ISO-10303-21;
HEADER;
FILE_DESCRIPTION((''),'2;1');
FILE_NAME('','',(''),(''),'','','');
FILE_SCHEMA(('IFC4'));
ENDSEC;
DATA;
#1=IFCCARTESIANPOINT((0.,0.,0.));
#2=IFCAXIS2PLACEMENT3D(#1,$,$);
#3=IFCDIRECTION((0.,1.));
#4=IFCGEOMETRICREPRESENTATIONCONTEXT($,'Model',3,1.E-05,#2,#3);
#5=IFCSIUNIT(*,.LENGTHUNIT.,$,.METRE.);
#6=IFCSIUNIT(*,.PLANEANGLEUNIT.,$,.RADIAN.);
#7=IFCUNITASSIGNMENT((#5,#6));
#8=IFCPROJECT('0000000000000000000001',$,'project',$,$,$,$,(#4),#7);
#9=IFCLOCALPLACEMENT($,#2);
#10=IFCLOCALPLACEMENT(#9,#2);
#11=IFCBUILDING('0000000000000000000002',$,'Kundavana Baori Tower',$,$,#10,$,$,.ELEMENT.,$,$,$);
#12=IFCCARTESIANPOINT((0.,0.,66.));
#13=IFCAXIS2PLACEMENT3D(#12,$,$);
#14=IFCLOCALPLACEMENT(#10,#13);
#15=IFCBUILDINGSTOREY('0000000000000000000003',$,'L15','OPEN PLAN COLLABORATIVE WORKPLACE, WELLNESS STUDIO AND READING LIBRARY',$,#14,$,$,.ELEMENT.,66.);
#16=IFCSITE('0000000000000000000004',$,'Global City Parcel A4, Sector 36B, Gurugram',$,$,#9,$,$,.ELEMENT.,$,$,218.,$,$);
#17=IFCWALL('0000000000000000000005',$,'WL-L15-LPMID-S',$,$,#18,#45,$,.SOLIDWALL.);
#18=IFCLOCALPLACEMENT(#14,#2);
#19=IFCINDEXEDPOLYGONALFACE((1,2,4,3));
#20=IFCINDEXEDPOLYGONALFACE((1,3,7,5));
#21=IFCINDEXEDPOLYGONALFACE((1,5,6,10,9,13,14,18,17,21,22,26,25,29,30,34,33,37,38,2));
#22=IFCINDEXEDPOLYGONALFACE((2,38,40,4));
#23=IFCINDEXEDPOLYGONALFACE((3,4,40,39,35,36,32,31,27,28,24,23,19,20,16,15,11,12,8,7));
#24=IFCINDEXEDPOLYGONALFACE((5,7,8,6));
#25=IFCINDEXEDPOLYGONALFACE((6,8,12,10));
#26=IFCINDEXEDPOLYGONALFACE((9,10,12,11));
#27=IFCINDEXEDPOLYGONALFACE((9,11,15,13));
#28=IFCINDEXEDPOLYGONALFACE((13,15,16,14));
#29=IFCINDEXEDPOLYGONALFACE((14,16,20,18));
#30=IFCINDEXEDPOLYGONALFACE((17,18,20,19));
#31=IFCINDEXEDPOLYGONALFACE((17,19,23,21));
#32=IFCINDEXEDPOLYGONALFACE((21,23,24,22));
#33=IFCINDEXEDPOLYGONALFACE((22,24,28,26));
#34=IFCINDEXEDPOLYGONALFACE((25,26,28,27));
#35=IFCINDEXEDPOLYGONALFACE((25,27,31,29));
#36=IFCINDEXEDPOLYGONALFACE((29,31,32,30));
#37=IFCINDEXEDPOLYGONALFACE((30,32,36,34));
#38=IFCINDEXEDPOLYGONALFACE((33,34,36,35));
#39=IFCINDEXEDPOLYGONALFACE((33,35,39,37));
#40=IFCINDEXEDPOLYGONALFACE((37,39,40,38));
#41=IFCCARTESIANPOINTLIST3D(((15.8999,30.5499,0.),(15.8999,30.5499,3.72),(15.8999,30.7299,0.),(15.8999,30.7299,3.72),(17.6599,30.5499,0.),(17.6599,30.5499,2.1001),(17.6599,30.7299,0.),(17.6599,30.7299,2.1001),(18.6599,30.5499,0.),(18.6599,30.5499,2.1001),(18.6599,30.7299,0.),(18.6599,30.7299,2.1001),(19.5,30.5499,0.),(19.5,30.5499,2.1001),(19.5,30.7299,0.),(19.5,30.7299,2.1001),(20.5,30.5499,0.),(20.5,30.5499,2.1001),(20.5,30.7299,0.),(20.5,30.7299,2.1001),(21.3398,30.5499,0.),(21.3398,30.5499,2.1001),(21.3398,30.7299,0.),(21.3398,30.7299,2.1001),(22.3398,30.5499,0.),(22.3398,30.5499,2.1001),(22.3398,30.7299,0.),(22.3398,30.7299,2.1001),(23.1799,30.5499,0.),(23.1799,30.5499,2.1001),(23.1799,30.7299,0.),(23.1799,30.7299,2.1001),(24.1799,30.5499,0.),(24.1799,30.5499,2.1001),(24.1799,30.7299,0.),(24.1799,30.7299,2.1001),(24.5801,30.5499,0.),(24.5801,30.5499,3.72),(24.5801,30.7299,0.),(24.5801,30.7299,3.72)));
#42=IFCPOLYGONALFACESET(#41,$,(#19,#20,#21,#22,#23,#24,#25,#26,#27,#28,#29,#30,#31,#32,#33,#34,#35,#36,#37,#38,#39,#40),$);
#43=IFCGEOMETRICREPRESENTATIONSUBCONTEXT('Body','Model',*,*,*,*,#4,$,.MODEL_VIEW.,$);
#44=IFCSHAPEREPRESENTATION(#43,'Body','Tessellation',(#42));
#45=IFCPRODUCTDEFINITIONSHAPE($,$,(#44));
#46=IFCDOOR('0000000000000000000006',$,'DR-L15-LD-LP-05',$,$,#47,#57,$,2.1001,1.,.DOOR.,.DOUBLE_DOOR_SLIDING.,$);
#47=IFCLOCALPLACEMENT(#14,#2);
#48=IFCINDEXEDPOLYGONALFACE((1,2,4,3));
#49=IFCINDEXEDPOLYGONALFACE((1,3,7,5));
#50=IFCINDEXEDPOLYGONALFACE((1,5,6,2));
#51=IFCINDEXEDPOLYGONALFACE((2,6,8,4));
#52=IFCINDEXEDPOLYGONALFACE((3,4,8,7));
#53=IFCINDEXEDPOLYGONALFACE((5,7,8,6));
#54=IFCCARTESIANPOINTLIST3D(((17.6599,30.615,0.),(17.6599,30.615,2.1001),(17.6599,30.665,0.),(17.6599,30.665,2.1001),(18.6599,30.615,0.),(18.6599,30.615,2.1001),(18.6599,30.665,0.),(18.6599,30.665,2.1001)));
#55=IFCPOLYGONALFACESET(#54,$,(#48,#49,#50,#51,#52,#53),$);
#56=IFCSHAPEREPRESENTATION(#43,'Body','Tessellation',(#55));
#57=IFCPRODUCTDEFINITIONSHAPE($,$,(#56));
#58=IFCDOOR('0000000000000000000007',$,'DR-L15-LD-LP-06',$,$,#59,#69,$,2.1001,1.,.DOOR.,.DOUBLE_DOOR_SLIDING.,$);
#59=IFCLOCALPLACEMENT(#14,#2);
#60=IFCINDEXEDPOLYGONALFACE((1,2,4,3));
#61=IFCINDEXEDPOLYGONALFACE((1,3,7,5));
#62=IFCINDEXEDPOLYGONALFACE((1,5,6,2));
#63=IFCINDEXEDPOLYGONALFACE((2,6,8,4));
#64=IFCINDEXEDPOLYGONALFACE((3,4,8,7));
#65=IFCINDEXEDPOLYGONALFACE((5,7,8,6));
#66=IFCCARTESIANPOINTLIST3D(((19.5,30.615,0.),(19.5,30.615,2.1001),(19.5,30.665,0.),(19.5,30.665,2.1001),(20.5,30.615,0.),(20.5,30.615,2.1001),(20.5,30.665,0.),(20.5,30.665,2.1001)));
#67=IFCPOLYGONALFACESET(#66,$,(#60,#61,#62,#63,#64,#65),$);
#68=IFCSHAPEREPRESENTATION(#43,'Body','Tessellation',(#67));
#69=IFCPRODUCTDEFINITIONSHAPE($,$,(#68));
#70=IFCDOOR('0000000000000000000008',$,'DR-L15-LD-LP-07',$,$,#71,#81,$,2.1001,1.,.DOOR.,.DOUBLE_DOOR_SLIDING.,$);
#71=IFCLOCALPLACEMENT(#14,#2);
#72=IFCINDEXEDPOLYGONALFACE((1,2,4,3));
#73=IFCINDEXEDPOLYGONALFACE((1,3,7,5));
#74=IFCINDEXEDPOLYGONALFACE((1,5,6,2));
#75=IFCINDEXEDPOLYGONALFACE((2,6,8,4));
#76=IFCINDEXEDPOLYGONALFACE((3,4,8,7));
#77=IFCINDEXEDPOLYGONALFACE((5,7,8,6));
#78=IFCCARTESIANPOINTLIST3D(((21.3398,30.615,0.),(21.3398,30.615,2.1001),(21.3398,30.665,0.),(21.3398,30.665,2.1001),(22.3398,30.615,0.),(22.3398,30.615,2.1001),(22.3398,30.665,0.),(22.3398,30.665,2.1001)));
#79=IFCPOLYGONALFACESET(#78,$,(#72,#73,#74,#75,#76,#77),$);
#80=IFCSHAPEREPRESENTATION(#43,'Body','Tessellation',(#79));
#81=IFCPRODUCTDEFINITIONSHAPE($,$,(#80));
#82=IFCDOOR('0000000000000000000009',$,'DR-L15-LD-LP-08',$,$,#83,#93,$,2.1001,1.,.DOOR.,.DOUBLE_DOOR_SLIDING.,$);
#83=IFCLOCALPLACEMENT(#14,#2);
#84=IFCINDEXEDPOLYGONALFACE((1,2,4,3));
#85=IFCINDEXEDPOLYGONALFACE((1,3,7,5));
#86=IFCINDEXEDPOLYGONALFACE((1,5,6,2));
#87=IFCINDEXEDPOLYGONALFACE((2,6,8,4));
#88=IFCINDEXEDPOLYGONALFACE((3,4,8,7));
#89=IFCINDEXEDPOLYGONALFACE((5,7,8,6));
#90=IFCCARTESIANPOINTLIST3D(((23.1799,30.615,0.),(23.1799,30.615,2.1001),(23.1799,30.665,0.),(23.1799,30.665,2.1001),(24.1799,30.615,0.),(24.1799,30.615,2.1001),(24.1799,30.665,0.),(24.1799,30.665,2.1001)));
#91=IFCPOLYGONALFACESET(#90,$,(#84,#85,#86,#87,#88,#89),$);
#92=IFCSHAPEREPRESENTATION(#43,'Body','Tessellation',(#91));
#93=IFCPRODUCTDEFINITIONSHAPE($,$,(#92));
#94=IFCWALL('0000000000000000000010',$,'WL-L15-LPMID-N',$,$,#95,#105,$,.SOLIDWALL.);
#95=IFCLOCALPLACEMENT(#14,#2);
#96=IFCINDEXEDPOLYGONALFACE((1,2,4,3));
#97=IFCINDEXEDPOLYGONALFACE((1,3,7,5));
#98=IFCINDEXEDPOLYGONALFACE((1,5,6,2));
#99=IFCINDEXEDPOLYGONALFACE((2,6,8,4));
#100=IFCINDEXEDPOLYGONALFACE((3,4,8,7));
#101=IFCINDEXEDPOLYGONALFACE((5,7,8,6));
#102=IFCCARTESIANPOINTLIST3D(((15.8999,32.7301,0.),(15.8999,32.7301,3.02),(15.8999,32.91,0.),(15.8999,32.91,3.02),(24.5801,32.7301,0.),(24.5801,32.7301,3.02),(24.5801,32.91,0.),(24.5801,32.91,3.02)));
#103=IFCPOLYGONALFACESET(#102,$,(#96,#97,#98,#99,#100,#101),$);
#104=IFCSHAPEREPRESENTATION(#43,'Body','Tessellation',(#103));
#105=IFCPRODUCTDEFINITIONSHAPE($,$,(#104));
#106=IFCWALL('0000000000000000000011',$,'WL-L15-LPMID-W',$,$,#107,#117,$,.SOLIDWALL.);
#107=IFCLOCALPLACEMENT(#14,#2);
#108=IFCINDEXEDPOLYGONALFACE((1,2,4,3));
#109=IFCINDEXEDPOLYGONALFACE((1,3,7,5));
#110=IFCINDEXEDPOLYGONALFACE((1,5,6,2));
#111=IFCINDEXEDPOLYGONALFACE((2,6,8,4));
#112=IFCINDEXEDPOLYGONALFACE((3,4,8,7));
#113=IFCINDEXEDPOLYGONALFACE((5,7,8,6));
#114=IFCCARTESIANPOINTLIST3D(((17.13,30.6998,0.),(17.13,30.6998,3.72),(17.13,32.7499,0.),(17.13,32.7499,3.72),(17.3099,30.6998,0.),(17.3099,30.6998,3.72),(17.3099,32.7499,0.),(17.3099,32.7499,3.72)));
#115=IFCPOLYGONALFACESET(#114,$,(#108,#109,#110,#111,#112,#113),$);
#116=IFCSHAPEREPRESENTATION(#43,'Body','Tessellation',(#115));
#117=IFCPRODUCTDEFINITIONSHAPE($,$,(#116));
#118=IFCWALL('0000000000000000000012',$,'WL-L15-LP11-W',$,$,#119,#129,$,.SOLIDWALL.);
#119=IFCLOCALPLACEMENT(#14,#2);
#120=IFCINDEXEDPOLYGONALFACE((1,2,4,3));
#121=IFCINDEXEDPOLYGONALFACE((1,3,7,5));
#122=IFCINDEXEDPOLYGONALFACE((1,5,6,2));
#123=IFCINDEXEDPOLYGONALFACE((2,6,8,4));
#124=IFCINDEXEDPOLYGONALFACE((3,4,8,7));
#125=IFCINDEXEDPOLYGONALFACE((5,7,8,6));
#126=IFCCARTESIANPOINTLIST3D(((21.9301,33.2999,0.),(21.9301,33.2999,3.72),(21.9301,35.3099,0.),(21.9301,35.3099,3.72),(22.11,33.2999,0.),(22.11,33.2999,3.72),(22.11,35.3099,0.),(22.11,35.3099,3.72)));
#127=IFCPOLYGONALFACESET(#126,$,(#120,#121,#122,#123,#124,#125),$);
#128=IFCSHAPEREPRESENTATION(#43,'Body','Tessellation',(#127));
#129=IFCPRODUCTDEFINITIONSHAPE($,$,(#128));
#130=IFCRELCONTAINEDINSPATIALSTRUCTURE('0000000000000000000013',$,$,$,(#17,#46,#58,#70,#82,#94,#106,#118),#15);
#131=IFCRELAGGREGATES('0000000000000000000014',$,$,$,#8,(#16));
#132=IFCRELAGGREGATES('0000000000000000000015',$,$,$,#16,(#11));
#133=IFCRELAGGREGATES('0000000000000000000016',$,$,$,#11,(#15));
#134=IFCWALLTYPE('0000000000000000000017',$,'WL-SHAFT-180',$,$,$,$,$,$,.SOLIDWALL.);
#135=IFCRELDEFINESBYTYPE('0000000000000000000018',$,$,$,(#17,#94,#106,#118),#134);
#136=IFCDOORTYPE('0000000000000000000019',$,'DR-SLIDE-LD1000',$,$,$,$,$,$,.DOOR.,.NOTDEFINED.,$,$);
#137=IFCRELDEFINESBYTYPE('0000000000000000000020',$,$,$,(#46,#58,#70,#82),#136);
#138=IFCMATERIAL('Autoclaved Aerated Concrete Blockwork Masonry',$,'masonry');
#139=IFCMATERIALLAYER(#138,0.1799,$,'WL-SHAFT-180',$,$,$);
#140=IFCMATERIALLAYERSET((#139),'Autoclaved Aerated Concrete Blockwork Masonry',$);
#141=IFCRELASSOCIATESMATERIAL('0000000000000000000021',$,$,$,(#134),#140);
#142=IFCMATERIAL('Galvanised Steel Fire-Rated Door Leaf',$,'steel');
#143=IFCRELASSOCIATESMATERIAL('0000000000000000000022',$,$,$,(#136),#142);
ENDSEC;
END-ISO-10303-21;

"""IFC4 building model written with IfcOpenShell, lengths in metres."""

from ifc_helpers import new_model, si_unit, direction, frame, frame_2d, origin, place, context, subcontext, project, spatial, rectangle, extrude, material, layer, layer_set, type_object, element, fill, save


model = new_model("IFC4")

# Units and contexts
model_context = context("Model", 3, precision=1e-05, world=origin(), true_north=direction((0.0, 1.0)))
body_context = subcontext(model_context, "Body", "Model", "MODEL_VIEW")
ifc_project = project(units=[si_unit("LENGTHUNIT", "METRE"), si_unit("PLANEANGLEUNIT", "RADIAN")], contexts=[model_context])

# Site, building, storey
site_placement = place(None, origin())
site = spatial("IfcSite", under=ifc_project, at=site_placement, Name="Global City Parcel A4, Sector 36B, Gurugram", CompositionType="ELEMENT", RefElevation=218.0)
building_placement = place(site_placement, origin())
building = spatial("IfcBuilding", under=site, at=building_placement, Name="Kundavana Baori Tower", CompositionType="ELEMENT")
storey_placement = place(building_placement, frame((0.0, 0.0, 66.0)))
storey = spatial("IfcBuildingStorey", under=building, at=storey_placement, Name="L15", Description="OPEN PLAN COLLABORATIVE WORKPLACE, WELLNESS STUDIO AND READING LIBRARY", CompositionType="ELEMENT", Elevation=66.0)

# Shared definitions
ifc_material_1 = material(Name="Autoclaved Aerated Concrete Blockwork Masonry", Category="masonry")
ifc_layer_1 = layer(ifc_material_1, 0.1799, Name="WL-SHAFT-180")
ifc_layer_set_1 = layer_set([ifc_layer_1], Name="Autoclaved Aerated Concrete Blockwork Masonry")
wall_type_1 = type_object("IfcWallType", Name="WL-SHAFT-180", PredefinedType="SOLIDWALL", material=ifc_layer_set_1)

# Wall, openings, doors
wall_1_placement = place(storey_placement, frame((15.8999, 30.6399, 0.0), z_axis=(0.0, 0.0, 1.0), x_axis=(1.0, 0.0, 0.0)))
wall_1 = element("IfcWall", 1, at=wall_1_placement, inside=storey, type_object=wall_type_1, Name="WL-L15-LPMID-S", PredefinedType="SOLIDWALL", context=body_context, shape_type="SweptSolid", body=[
    extrude(rectangle(XDim=8.6802, YDim=0.1799, at=frame_2d((4.3401, 0.0))), origin(), (0.0, 0.0, 1.0), 3.72),
])
opening_1_placement = place(wall_1_placement, frame((1.76, 0.0, 0.0)))
opening_1 = element("IfcOpeningElement", 2, at=opening_1_placement, cuts=wall_1, PredefinedType="OPENING", context=body_context, shape_type="SweptSolid", body=[
    extrude(rectangle(XDim=1.0, YDim=2.1001, at=frame_2d((0.5, 1.05))), frame((0.0, 0.1001, 0.0), z_axis=(0.0, -1.0, 0.0), x_axis=(1.0, 0.0, 0.0)), (0.0, 0.0, 1.0), 0.2),
])
opening_2_placement = place(wall_1_placement, frame((3.6001, 0.0, 0.0)))
opening_2 = element("IfcOpeningElement", 3, at=opening_2_placement, cuts=wall_1, PredefinedType="OPENING", context=body_context, shape_type="SweptSolid", body=[
    extrude(rectangle(XDim=1.0, YDim=2.1001, at=frame_2d((0.5, 1.05))), frame((0.0, 0.1001, 0.0), z_axis=(0.0, -1.0, 0.0), x_axis=(1.0, 0.0, 0.0)), (0.0, 0.0, 1.0), 0.2),
])
opening_3_placement = place(wall_1_placement, frame((5.4399, 0.0, 0.0)))
opening_3 = element("IfcOpeningElement", 4, at=opening_3_placement, cuts=wall_1, PredefinedType="OPENING", context=body_context, shape_type="SweptSolid", body=[
    extrude(rectangle(XDim=1.0, YDim=2.1001, at=frame_2d((0.5, 1.05))), frame((0.0, 0.1001, 0.0), z_axis=(0.0, -1.0, 0.0), x_axis=(1.0, 0.0, 0.0)), (0.0, 0.0, 1.0), 0.2),
])
opening_4_placement = place(wall_1_placement, frame((7.28, 0.0, 0.0)))
opening_4 = element("IfcOpeningElement", 5, at=opening_4_placement, cuts=wall_1, PredefinedType="OPENING", context=body_context, shape_type="SweptSolid", body=[
    extrude(rectangle(XDim=1.0, YDim=2.1001, at=frame_2d((0.5, 1.05))), frame((0.0, 0.1001, 0.0), z_axis=(0.0, -1.0, 0.0), x_axis=(1.0, 0.0, 0.0)), (0.0, 0.0, 1.0), 0.2),
])
ifc_material_2 = material(Name="Galvanised Steel Fire-Rated Door Leaf", Category="steel")
door_type_1 = type_object("IfcDoorType", Name="DR-SLIDE-LD1000", OperationType="NOTDEFINED", PredefinedType="DOOR", material=ifc_material_2)
door_1_placement = place(opening_1_placement, frame((1.0, 0.0, 0.0), z_axis=(0.0, 0.0, 1.0), x_axis=(-1.0, 0.0, 0.0)))
door_1 = element("IfcDoor", 6, at=door_1_placement, inside=storey, type_object=door_type_1, Name="DR-L15-LD-LP-05", OperationType="DOUBLE_DOOR_SLIDING", OverallHeight=2.1001, OverallWidth=1.0, PredefinedType="DOOR", context=body_context, shape_type="SweptSolid", body=[
    extrude(rectangle(XDim=1.0, YDim=2.1001, at=frame_2d((0.5, 1.05))), frame((0.0, 0.0249, 0.0), z_axis=(0.0, -1.0, 0.0), x_axis=(1.0, 0.0, 0.0)), (0.0, 0.0, 1.0), 0.05),
])
fill(opening_1, door_1)
door_2_placement = place(opening_2_placement, frame((1.0, 0.0, 0.0), z_axis=(0.0, 0.0, 1.0), x_axis=(-1.0, 0.0, 0.0)))
door_2 = element("IfcDoor", 7, at=door_2_placement, inside=storey, type_object=door_type_1, Name="DR-L15-LD-LP-06", OperationType="DOUBLE_DOOR_SLIDING", OverallHeight=2.1001, OverallWidth=1.0, PredefinedType="DOOR", context=body_context, shape_type="SweptSolid", body=[
    extrude(rectangle(XDim=1.0, YDim=2.1001, at=frame_2d((0.5, 1.05))), frame((0.0, 0.0249, 0.0), z_axis=(0.0, -1.0, 0.0), x_axis=(1.0, 0.0, 0.0)), (0.0, 0.0, 1.0), 0.05),
])
fill(opening_2, door_2)
door_3_placement = place(opening_3_placement, frame((1.0, 0.0, 0.0), z_axis=(0.0, 0.0, 1.0), x_axis=(-1.0, 0.0, 0.0)))
door_3 = element("IfcDoor", 8, at=door_3_placement, inside=storey, type_object=door_type_1, Name="DR-L15-LD-LP-07", OperationType="DOUBLE_DOOR_SLIDING", OverallHeight=2.1001, OverallWidth=1.0, PredefinedType="DOOR", context=body_context, shape_type="SweptSolid", body=[
    extrude(rectangle(XDim=1.0, YDim=2.1001, at=frame_2d((0.5, 1.05))), frame((0.0, 0.0249, 0.0), z_axis=(0.0, -1.0, 0.0), x_axis=(1.0, 0.0, 0.0)), (0.0, 0.0, 1.0), 0.05),
])
fill(opening_3, door_3)
door_4_placement = place(opening_4_placement, frame((1.0, 0.0, 0.0), z_axis=(0.0, 0.0, 1.0), x_axis=(-1.0, 0.0, 0.0)))
door_4 = element("IfcDoor", 9, at=door_4_placement, inside=storey, type_object=door_type_1, Name="DR-L15-LD-LP-08", OperationType="DOUBLE_DOOR_SLIDING", OverallHeight=2.1001, OverallWidth=1.0, PredefinedType="DOOR", context=body_context, shape_type="SweptSolid", body=[
    extrude(rectangle(XDim=1.0, YDim=2.1001, at=frame_2d((0.5, 1.05))), frame((0.0, 0.0249, 0.0), z_axis=(0.0, -1.0, 0.0), x_axis=(1.0, 0.0, 0.0)), (0.0, 0.0, 1.0), 0.05),
])
fill(opening_4, door_4)

# Walls
wall_2_placement = place(storey_placement, frame((15.8999, 32.8201, 0.0), z_axis=(0.0, 0.0, 1.0), x_axis=(1.0, 0.0, 0.0)))
element("IfcWall", 10, at=wall_2_placement, inside=storey, type_object=wall_type_1, Name="WL-L15-LPMID-N", PredefinedType="SOLIDWALL", context=body_context, shape_type="SweptSolid", body=[
    extrude(rectangle(XDim=8.6802, YDim=0.1799, at=frame_2d((4.3401, 0.0))), origin(), (0.0, 0.0, 1.0), 3.02),
])
wall_3_placement = place(storey_placement, frame((17.22, 30.7, 0.0), z_axis=(0.0, 0.0, 1.0), x_axis=(0.0, 1.0, 0.0)))
element("IfcWall", 11, at=wall_3_placement, inside=storey, type_object=wall_type_1, Name="WL-L15-LPMID-W", PredefinedType="SOLIDWALL", context=body_context, shape_type="SweptSolid", body=[
    extrude(rectangle(XDim=2.05, YDim=0.1799, at=frame_2d((1.0249, 0.0))), origin(), (0.0, 0.0, 1.0), 3.72),
])
wall_4_placement = place(storey_placement, frame((22.02, 33.3, 0.0), z_axis=(0.0, 0.0, 1.0), x_axis=(0.0, 1.0, 0.0)))
element("IfcWall", 12, at=wall_4_placement, inside=storey, type_object=wall_type_1, Name="WL-L15-LP11-W", PredefinedType="SOLIDWALL", context=body_context, shape_type="SweptSolid", body=[
    extrude(rectangle(XDim=2.01, YDim=0.1799, at=frame_2d((1.0049, 0.0))), origin(), (0.0, 0.0, 1.0), 3.72),
])

save(model, "model.ifc")
